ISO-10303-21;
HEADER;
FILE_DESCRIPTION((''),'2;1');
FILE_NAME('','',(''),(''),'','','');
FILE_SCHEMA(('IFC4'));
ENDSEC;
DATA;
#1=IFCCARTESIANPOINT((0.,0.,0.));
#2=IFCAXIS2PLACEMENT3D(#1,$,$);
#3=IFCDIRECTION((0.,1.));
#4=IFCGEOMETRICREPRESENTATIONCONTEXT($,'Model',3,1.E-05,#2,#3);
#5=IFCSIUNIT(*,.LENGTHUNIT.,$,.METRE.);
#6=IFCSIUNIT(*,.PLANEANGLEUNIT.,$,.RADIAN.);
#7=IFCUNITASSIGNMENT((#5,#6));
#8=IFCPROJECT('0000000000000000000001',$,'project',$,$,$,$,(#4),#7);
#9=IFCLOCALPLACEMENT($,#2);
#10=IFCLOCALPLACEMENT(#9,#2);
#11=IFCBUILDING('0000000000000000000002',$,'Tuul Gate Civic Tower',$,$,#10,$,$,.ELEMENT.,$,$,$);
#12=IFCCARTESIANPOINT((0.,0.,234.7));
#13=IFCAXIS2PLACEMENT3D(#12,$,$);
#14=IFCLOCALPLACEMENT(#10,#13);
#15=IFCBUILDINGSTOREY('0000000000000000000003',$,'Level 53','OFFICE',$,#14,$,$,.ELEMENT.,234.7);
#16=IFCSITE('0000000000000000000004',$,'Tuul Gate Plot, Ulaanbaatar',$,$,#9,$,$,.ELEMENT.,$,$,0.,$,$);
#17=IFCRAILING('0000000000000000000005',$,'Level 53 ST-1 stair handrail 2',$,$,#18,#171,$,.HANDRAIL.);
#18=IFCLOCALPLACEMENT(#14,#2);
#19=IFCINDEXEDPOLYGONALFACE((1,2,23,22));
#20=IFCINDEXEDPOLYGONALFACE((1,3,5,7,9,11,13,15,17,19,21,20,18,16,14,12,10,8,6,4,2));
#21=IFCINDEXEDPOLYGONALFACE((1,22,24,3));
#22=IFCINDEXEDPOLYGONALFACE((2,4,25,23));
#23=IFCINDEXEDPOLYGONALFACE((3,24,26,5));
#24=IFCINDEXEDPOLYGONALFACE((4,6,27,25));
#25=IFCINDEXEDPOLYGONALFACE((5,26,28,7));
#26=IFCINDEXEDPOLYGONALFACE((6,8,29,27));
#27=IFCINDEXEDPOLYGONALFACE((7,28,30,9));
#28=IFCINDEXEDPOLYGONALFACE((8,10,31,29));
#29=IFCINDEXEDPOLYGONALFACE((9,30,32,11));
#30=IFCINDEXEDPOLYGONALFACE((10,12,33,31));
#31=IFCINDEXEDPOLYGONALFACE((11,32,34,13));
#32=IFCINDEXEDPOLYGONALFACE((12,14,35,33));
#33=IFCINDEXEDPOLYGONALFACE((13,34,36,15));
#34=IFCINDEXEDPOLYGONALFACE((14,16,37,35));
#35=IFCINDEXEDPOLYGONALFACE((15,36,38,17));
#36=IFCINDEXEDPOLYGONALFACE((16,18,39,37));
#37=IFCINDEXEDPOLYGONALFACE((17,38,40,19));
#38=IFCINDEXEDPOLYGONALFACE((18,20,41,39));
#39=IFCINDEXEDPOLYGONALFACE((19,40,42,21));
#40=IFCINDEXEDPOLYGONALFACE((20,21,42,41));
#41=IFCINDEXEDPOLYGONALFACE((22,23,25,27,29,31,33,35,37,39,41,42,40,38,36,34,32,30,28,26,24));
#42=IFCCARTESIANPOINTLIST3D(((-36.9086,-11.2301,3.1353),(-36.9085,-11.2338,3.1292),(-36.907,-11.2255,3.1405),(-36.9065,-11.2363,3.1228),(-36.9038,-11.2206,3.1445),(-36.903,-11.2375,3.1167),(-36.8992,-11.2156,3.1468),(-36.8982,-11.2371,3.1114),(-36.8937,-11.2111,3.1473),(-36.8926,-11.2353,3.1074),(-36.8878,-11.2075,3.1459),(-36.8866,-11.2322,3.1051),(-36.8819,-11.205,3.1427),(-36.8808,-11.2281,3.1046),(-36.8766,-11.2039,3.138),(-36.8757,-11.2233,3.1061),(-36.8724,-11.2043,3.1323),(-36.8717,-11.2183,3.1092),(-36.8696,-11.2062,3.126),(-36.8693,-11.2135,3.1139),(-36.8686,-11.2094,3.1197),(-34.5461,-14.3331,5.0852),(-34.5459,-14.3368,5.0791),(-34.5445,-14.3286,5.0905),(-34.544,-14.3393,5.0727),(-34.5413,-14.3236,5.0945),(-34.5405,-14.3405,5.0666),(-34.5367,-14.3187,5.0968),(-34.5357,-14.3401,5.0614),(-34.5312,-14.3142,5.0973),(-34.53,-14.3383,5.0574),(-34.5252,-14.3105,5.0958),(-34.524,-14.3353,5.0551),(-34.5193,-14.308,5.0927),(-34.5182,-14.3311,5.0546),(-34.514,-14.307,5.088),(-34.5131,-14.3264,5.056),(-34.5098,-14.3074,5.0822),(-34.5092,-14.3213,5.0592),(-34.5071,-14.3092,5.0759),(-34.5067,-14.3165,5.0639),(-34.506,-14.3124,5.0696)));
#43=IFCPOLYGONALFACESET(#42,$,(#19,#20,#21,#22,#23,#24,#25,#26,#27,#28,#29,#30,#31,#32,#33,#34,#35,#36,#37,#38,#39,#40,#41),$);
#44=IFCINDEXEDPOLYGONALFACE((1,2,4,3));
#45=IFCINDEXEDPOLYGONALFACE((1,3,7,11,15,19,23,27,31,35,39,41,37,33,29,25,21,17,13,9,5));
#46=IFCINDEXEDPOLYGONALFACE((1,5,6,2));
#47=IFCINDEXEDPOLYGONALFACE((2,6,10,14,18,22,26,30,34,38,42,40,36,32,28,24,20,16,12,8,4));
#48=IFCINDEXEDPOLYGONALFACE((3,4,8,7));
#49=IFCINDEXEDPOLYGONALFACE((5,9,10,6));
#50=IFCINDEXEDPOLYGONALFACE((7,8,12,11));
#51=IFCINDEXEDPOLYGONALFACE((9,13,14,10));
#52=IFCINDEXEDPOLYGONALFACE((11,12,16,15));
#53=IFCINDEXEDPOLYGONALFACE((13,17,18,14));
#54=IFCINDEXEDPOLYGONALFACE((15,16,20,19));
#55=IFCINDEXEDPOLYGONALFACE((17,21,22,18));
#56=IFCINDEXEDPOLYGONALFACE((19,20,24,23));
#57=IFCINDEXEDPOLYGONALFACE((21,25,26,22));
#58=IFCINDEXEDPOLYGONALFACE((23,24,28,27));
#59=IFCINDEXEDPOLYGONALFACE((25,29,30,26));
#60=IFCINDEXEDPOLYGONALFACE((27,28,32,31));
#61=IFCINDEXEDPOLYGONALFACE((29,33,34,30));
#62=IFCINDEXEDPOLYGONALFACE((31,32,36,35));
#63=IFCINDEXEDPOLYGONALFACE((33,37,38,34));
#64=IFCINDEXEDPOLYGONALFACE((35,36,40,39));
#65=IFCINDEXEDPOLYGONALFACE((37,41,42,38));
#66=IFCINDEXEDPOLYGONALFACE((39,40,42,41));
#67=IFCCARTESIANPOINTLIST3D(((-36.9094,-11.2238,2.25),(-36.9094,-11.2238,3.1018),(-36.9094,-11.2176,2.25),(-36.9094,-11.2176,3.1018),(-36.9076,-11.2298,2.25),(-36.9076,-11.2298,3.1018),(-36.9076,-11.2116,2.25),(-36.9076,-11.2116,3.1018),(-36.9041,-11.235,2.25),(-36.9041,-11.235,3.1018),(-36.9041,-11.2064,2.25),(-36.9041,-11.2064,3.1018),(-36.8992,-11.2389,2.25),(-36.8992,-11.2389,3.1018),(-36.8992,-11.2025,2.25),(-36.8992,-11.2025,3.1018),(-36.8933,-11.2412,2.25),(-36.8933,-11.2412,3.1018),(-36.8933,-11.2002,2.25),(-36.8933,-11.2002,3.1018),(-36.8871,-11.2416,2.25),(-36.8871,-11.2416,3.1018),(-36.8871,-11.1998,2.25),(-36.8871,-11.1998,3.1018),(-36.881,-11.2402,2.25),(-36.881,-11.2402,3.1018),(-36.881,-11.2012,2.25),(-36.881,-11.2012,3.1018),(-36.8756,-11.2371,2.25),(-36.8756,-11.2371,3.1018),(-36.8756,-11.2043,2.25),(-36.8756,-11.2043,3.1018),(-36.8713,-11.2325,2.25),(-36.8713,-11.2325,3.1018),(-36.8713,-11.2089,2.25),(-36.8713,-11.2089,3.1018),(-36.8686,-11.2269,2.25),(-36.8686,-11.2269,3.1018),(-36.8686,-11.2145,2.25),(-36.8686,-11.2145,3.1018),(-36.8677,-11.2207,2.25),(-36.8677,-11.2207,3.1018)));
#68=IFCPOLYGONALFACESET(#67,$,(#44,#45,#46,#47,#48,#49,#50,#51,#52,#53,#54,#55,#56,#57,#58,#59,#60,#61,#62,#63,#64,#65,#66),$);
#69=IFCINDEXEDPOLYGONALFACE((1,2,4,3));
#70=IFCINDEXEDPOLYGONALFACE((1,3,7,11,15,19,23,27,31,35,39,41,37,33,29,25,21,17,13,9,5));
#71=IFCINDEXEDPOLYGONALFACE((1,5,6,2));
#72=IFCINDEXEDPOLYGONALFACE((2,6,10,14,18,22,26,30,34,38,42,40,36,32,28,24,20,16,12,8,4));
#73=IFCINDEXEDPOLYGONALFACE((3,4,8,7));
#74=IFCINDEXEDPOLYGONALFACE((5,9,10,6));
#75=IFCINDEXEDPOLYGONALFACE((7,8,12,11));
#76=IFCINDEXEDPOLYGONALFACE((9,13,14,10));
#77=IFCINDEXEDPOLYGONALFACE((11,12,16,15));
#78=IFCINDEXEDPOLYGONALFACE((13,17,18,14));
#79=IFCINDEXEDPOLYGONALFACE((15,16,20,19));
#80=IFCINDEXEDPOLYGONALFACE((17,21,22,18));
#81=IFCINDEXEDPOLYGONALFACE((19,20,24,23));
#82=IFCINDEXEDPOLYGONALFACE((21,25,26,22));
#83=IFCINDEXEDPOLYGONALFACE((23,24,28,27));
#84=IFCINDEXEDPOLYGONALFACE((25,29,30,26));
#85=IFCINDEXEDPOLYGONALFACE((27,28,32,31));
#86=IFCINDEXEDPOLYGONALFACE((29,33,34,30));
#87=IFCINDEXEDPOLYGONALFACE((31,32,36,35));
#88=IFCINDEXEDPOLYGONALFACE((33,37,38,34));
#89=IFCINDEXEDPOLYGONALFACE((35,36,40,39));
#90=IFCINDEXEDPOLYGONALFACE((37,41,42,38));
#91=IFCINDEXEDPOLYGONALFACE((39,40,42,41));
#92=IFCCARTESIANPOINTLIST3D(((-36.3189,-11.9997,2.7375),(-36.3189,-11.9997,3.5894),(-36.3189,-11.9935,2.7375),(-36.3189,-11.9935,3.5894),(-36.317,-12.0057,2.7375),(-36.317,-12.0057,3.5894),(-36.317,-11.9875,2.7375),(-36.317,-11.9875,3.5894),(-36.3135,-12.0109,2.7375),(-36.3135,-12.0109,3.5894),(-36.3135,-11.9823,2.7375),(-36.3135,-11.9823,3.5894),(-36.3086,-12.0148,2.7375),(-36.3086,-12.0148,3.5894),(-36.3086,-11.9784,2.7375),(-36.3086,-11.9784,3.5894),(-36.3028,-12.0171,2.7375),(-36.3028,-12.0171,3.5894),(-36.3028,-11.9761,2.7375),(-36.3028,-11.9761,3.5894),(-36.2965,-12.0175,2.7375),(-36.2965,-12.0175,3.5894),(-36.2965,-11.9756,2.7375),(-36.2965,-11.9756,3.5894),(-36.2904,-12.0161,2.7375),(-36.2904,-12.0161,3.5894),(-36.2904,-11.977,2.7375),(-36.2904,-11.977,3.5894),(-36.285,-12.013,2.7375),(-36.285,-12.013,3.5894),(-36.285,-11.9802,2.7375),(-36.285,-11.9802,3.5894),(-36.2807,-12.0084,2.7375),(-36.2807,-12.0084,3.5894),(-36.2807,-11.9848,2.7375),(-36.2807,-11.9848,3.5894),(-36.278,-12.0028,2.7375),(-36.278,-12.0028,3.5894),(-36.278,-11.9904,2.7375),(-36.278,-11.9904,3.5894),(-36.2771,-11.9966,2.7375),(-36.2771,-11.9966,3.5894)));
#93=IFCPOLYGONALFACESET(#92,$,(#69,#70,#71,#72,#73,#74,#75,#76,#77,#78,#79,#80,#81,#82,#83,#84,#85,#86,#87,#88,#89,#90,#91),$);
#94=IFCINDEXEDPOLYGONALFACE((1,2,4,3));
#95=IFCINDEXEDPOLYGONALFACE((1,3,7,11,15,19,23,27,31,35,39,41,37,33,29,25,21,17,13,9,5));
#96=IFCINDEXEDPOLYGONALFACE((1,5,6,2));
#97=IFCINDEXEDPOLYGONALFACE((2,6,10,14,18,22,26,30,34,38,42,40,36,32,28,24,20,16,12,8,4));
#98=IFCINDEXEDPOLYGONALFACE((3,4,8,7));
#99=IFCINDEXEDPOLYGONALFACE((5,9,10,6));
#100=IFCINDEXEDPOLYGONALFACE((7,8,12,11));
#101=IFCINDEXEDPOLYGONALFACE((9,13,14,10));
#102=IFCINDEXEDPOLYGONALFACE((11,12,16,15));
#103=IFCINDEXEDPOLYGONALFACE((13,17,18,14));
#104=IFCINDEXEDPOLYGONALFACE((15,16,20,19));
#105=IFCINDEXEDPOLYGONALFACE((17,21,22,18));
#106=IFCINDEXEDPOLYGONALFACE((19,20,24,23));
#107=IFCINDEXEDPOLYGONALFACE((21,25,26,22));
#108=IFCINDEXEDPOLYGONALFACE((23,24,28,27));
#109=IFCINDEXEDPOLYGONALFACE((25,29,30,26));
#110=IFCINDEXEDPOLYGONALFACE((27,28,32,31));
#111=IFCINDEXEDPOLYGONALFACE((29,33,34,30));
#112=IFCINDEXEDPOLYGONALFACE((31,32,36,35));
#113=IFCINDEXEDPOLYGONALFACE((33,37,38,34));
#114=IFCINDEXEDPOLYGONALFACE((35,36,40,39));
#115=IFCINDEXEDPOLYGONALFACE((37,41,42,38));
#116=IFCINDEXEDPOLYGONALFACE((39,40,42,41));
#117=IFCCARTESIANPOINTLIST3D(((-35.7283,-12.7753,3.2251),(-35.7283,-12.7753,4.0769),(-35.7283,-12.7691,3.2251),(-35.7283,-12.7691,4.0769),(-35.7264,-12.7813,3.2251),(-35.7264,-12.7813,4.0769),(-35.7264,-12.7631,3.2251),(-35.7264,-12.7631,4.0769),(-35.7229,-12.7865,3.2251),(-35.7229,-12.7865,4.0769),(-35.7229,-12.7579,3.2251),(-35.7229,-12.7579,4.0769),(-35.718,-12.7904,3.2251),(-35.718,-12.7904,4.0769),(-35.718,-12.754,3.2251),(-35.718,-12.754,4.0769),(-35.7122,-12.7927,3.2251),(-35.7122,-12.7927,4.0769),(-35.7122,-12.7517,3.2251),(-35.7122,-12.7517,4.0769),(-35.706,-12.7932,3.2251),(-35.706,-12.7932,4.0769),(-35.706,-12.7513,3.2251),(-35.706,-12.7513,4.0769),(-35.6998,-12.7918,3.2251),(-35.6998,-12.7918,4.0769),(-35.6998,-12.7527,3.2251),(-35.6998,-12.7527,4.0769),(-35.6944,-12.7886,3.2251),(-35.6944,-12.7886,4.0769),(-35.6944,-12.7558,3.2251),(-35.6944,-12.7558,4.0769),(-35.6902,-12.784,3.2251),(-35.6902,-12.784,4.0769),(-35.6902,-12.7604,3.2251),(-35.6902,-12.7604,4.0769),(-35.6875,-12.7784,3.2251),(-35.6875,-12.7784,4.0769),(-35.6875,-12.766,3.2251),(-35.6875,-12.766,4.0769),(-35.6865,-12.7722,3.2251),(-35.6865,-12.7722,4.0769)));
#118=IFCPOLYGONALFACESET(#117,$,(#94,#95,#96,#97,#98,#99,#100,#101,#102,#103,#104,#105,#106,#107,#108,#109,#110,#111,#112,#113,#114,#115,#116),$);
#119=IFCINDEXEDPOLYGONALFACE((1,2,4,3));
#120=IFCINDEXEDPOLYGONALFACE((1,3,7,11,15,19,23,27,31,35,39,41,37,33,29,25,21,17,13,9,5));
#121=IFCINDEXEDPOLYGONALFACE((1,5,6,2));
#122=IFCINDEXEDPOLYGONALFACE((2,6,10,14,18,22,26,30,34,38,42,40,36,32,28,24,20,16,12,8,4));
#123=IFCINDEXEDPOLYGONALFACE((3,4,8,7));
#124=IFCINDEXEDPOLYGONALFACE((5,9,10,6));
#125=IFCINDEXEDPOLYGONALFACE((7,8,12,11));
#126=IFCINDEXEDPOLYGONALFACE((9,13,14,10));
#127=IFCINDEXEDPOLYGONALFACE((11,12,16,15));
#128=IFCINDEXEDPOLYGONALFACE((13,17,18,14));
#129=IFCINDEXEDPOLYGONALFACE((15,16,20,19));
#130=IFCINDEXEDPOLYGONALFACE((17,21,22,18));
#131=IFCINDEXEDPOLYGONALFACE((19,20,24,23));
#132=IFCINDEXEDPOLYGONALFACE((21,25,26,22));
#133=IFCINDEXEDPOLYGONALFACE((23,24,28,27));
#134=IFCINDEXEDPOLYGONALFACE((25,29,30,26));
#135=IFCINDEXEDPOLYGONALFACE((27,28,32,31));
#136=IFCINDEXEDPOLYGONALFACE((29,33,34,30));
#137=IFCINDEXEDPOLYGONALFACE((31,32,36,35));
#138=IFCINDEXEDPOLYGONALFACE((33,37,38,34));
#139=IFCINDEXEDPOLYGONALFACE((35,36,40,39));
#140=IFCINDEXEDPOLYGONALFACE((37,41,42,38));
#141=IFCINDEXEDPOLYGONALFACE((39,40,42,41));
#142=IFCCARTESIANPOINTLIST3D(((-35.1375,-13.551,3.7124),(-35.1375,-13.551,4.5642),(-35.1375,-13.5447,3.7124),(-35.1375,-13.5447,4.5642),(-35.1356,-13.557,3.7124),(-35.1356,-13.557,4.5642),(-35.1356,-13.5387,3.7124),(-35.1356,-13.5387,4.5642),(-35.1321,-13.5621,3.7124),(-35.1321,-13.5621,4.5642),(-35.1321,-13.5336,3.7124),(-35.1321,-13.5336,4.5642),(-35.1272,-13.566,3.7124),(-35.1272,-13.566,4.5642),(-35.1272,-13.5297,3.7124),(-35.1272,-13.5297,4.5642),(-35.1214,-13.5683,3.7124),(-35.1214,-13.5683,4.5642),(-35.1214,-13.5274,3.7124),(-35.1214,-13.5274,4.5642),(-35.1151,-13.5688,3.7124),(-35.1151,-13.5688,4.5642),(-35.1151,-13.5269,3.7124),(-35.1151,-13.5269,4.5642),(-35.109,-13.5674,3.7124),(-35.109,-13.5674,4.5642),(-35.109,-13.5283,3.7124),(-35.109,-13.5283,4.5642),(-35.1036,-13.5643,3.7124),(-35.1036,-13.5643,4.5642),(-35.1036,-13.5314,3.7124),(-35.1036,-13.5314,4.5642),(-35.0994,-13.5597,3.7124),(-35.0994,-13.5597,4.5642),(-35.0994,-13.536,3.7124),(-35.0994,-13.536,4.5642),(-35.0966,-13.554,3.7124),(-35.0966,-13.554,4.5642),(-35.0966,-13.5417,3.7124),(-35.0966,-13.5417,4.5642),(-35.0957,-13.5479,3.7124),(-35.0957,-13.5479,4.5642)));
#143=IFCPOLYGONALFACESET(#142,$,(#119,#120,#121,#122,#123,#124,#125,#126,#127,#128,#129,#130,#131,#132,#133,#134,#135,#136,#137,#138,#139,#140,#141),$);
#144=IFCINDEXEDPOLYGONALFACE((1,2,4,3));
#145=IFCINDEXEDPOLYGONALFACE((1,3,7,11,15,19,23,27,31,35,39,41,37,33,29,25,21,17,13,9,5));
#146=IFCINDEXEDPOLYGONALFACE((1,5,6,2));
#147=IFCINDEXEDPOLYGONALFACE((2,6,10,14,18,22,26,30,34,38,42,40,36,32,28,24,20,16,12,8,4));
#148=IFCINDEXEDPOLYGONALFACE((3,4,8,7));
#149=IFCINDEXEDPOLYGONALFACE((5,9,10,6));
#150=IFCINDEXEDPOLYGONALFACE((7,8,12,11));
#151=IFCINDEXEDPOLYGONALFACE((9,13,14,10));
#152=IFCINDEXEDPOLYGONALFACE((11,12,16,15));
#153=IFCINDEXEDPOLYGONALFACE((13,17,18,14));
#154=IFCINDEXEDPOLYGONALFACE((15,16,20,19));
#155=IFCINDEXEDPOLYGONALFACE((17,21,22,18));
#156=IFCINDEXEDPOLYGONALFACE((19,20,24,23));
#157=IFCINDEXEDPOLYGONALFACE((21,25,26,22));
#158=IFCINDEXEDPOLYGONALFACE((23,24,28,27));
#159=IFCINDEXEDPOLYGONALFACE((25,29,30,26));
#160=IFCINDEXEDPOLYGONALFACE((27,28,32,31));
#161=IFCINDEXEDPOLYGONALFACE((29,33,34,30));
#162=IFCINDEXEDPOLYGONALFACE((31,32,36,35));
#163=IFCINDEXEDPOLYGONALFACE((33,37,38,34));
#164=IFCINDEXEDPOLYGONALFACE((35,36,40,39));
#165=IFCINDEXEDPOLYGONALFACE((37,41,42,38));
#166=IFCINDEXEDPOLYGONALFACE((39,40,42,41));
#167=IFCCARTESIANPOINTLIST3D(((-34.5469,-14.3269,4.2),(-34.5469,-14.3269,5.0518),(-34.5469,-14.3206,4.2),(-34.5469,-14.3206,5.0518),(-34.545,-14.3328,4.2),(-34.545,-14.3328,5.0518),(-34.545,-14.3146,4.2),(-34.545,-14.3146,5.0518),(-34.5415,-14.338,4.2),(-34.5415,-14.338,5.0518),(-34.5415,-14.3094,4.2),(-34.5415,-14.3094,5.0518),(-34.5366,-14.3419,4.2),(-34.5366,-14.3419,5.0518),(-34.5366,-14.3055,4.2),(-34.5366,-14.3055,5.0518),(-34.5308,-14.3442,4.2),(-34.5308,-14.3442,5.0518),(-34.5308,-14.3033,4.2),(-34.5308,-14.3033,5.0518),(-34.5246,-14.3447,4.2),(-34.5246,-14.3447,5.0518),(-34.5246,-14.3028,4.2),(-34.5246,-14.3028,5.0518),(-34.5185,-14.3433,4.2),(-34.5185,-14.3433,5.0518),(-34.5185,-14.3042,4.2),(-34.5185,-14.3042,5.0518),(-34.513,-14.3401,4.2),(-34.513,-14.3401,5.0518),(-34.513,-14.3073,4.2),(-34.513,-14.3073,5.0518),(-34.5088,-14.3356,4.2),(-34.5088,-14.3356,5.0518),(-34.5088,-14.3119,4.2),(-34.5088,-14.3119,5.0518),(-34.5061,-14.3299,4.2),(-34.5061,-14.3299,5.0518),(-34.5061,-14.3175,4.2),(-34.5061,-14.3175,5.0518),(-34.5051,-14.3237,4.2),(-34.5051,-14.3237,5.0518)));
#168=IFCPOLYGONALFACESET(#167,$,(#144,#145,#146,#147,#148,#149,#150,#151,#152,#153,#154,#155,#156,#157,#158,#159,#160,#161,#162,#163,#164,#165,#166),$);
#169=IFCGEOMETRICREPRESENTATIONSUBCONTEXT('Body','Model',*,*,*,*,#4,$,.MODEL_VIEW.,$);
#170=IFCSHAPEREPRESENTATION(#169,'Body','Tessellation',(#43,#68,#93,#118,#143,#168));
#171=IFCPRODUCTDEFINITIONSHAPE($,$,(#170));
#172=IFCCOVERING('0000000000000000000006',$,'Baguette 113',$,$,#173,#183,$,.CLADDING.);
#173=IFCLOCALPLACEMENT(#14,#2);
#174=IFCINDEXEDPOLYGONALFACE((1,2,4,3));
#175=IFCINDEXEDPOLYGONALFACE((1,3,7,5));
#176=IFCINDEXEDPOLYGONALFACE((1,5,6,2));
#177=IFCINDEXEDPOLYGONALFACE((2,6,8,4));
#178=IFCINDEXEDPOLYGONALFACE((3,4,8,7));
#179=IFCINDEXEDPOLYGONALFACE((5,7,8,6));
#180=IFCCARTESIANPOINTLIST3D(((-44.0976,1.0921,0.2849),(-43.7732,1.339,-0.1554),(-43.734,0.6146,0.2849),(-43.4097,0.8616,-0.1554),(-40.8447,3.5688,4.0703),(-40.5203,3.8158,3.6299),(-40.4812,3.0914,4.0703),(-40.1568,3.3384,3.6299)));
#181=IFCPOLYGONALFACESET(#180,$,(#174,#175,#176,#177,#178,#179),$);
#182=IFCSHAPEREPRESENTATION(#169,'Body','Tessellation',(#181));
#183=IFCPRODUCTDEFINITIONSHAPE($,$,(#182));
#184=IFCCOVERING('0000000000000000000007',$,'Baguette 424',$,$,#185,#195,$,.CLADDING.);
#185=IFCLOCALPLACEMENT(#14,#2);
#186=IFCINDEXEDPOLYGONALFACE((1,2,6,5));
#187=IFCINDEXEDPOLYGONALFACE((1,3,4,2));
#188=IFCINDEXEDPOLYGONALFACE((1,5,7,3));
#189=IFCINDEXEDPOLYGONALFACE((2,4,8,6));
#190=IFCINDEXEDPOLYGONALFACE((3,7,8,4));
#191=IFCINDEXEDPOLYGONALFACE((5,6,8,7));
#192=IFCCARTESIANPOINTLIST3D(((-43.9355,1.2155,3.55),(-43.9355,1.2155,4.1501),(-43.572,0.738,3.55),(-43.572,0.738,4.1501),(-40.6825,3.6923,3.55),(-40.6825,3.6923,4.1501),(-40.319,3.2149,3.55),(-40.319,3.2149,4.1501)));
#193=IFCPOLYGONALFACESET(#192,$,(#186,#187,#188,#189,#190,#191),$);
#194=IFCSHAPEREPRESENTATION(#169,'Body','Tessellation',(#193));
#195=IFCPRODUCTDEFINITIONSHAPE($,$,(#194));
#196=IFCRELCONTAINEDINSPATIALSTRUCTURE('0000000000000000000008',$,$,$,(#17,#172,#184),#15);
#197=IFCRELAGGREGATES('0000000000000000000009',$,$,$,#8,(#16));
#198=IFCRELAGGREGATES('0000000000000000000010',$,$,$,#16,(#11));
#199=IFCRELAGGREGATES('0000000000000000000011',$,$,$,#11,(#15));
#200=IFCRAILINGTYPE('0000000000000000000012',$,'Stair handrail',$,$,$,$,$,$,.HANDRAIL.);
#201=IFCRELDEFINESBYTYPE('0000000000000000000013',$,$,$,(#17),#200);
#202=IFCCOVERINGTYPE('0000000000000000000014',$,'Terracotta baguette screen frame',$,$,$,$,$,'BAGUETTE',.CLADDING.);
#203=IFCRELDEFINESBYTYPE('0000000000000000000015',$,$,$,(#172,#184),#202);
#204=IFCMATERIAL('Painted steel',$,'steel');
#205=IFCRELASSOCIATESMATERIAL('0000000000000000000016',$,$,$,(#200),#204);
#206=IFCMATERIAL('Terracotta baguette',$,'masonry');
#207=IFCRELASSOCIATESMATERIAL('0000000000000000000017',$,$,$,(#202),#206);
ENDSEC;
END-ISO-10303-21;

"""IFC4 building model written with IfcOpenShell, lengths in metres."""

from ifc_helpers import new_model, si_unit, direction, frame, origin, origin_2d, place, context, subcontext, project, spatial, rectangle, circle, extrude, material, material_profile, profile_set, type_object, element, save


model = new_model("IFC4")

# Units and contexts
model_context = context("Model", 3, precision=1e-05, world=origin(), true_north=direction((0.0, 1.0)))
body_context = subcontext(model_context, "Body", "Model", "MODEL_VIEW")
ifc_project = project(units=[si_unit("LENGTHUNIT", "METRE"), si_unit("PLANEANGLEUNIT", "RADIAN")], contexts=[model_context])

# Site, building, storey
site_placement = place(None, origin())
site = spatial("IfcSite", under=ifc_project, at=site_placement, Name="Tuul Gate Plot, Ulaanbaatar", CompositionType="ELEMENT", RefElevation=0.0)
building_placement = place(site_placement, origin())
building = spatial("IfcBuilding", under=site, at=building_placement, Name="Tuul Gate Civic Tower", CompositionType="ELEMENT")
storey_placement = place(building_placement, frame((0.0, 0.0, 234.7)))
storey = spatial("IfcBuildingStorey", under=building, at=storey_placement, Name="Level 53", Description="OFFICE", CompositionType="ELEMENT", Elevation=234.7)

# Railing
ifc_material_1 = material(Name="Painted steel", Category="steel")
railing_type = type_object("IfcRailingType", Name="Stair handrail", PredefinedType="HANDRAIL", material=ifc_material_1)
railing_placement = place(storey_placement, frame((-36.8887, -11.2207, 2.25)))
element("IfcRailing", 1, at=railing_placement, inside=storey, type_object=railing_type, Name="Level 53 ST-1 stair handrail 2", PredefinedType="HANDRAIL", context=body_context, shape_type="SweptSolid", body=[
    extrude(circle(Radius=0.0239, at=origin_2d()), frame((0.0, 0.0, 0.876), z_axis=(0.541824, -0.711645, 0.4472), x_axis=(0.795637, 0.605773, 0.0)), (0.0, 0.0, 1.0), 4.3604),
    extrude(circle(Radius=0.021, at=origin_2d()), origin(), (0.0, 0.0, 1.0), 0.8518),
    extrude(circle(Radius=0.021, at=origin_2d()), frame((0.5906, -0.7759, 0.4875)), (0.0, 0.0, 1.0), 0.8518),
    extrude(circle(Radius=0.021, at=origin_2d()), frame((1.1812, -1.5515, 0.9751)), (0.0, 0.0, 1.0), 0.8518),
    extrude(circle(Radius=0.021, at=origin_2d()), frame((1.772, -2.3271, 1.4624)), (0.0, 0.0, 1.0), 0.8518),
    extrude(circle(Radius=0.021, at=origin_2d()), frame((2.3625, -3.103, 1.95)), (0.0, 0.0, 1.0), 0.8518),
])

# Coverings
ifc_material_2 = material(Name="Terracotta baguette", Category="masonry")
ifc_material_profile_1 = material_profile(ifc_material_2, rectangle(XDim=0.6001, YDim=0.6001, at=origin_2d()), Name="Terracotta baguette screen frame")
ifc_profile_set_1 = profile_set([ifc_material_profile_1], Name="Terracotta baguette")
covering_type = type_object("IfcCoveringType", Name="Terracotta baguette screen frame", ElementType="BAGUETTE", PredefinedType="CLADDING", material=ifc_profile_set_1)
covering_1_placement = place(storey_placement, frame((-40.5007, 3.4536, 3.8501), z_axis=(-0.583816, -0.444522, -0.679381), x_axis=(0.605793, -0.795622, 0.0)))
element("IfcCovering", 2, at=covering_1_placement, inside=storey, type_object=covering_type, Name="Baguette 113", PredefinedType="CLADDING", context=body_context, shape_type="SweptSolid", body=[
    extrude(rectangle(XDim=0.6001, YDim=0.6001, at=origin_2d()), origin(), (0.0, 0.0, 1.0), 5.5718),
])
covering_2_placement = place(storey_placement, frame((-40.5007, 3.4536, 3.8501), z_axis=(-0.795622, -0.605793, 0.0), x_axis=(0.605793, -0.795622, 0.0)))
element("IfcCovering", 3, at=covering_2_placement, inside=storey, type_object=covering_type, Name="Baguette 424", PredefinedType="CLADDING", context=body_context, shape_type="SweptSolid", body=[
    extrude(rectangle(XDim=0.6001, YDim=0.6001, at=origin_2d()), origin(), (0.0, 0.0, 1.0), 4.0886),
])

save(model, "model.ifc")
